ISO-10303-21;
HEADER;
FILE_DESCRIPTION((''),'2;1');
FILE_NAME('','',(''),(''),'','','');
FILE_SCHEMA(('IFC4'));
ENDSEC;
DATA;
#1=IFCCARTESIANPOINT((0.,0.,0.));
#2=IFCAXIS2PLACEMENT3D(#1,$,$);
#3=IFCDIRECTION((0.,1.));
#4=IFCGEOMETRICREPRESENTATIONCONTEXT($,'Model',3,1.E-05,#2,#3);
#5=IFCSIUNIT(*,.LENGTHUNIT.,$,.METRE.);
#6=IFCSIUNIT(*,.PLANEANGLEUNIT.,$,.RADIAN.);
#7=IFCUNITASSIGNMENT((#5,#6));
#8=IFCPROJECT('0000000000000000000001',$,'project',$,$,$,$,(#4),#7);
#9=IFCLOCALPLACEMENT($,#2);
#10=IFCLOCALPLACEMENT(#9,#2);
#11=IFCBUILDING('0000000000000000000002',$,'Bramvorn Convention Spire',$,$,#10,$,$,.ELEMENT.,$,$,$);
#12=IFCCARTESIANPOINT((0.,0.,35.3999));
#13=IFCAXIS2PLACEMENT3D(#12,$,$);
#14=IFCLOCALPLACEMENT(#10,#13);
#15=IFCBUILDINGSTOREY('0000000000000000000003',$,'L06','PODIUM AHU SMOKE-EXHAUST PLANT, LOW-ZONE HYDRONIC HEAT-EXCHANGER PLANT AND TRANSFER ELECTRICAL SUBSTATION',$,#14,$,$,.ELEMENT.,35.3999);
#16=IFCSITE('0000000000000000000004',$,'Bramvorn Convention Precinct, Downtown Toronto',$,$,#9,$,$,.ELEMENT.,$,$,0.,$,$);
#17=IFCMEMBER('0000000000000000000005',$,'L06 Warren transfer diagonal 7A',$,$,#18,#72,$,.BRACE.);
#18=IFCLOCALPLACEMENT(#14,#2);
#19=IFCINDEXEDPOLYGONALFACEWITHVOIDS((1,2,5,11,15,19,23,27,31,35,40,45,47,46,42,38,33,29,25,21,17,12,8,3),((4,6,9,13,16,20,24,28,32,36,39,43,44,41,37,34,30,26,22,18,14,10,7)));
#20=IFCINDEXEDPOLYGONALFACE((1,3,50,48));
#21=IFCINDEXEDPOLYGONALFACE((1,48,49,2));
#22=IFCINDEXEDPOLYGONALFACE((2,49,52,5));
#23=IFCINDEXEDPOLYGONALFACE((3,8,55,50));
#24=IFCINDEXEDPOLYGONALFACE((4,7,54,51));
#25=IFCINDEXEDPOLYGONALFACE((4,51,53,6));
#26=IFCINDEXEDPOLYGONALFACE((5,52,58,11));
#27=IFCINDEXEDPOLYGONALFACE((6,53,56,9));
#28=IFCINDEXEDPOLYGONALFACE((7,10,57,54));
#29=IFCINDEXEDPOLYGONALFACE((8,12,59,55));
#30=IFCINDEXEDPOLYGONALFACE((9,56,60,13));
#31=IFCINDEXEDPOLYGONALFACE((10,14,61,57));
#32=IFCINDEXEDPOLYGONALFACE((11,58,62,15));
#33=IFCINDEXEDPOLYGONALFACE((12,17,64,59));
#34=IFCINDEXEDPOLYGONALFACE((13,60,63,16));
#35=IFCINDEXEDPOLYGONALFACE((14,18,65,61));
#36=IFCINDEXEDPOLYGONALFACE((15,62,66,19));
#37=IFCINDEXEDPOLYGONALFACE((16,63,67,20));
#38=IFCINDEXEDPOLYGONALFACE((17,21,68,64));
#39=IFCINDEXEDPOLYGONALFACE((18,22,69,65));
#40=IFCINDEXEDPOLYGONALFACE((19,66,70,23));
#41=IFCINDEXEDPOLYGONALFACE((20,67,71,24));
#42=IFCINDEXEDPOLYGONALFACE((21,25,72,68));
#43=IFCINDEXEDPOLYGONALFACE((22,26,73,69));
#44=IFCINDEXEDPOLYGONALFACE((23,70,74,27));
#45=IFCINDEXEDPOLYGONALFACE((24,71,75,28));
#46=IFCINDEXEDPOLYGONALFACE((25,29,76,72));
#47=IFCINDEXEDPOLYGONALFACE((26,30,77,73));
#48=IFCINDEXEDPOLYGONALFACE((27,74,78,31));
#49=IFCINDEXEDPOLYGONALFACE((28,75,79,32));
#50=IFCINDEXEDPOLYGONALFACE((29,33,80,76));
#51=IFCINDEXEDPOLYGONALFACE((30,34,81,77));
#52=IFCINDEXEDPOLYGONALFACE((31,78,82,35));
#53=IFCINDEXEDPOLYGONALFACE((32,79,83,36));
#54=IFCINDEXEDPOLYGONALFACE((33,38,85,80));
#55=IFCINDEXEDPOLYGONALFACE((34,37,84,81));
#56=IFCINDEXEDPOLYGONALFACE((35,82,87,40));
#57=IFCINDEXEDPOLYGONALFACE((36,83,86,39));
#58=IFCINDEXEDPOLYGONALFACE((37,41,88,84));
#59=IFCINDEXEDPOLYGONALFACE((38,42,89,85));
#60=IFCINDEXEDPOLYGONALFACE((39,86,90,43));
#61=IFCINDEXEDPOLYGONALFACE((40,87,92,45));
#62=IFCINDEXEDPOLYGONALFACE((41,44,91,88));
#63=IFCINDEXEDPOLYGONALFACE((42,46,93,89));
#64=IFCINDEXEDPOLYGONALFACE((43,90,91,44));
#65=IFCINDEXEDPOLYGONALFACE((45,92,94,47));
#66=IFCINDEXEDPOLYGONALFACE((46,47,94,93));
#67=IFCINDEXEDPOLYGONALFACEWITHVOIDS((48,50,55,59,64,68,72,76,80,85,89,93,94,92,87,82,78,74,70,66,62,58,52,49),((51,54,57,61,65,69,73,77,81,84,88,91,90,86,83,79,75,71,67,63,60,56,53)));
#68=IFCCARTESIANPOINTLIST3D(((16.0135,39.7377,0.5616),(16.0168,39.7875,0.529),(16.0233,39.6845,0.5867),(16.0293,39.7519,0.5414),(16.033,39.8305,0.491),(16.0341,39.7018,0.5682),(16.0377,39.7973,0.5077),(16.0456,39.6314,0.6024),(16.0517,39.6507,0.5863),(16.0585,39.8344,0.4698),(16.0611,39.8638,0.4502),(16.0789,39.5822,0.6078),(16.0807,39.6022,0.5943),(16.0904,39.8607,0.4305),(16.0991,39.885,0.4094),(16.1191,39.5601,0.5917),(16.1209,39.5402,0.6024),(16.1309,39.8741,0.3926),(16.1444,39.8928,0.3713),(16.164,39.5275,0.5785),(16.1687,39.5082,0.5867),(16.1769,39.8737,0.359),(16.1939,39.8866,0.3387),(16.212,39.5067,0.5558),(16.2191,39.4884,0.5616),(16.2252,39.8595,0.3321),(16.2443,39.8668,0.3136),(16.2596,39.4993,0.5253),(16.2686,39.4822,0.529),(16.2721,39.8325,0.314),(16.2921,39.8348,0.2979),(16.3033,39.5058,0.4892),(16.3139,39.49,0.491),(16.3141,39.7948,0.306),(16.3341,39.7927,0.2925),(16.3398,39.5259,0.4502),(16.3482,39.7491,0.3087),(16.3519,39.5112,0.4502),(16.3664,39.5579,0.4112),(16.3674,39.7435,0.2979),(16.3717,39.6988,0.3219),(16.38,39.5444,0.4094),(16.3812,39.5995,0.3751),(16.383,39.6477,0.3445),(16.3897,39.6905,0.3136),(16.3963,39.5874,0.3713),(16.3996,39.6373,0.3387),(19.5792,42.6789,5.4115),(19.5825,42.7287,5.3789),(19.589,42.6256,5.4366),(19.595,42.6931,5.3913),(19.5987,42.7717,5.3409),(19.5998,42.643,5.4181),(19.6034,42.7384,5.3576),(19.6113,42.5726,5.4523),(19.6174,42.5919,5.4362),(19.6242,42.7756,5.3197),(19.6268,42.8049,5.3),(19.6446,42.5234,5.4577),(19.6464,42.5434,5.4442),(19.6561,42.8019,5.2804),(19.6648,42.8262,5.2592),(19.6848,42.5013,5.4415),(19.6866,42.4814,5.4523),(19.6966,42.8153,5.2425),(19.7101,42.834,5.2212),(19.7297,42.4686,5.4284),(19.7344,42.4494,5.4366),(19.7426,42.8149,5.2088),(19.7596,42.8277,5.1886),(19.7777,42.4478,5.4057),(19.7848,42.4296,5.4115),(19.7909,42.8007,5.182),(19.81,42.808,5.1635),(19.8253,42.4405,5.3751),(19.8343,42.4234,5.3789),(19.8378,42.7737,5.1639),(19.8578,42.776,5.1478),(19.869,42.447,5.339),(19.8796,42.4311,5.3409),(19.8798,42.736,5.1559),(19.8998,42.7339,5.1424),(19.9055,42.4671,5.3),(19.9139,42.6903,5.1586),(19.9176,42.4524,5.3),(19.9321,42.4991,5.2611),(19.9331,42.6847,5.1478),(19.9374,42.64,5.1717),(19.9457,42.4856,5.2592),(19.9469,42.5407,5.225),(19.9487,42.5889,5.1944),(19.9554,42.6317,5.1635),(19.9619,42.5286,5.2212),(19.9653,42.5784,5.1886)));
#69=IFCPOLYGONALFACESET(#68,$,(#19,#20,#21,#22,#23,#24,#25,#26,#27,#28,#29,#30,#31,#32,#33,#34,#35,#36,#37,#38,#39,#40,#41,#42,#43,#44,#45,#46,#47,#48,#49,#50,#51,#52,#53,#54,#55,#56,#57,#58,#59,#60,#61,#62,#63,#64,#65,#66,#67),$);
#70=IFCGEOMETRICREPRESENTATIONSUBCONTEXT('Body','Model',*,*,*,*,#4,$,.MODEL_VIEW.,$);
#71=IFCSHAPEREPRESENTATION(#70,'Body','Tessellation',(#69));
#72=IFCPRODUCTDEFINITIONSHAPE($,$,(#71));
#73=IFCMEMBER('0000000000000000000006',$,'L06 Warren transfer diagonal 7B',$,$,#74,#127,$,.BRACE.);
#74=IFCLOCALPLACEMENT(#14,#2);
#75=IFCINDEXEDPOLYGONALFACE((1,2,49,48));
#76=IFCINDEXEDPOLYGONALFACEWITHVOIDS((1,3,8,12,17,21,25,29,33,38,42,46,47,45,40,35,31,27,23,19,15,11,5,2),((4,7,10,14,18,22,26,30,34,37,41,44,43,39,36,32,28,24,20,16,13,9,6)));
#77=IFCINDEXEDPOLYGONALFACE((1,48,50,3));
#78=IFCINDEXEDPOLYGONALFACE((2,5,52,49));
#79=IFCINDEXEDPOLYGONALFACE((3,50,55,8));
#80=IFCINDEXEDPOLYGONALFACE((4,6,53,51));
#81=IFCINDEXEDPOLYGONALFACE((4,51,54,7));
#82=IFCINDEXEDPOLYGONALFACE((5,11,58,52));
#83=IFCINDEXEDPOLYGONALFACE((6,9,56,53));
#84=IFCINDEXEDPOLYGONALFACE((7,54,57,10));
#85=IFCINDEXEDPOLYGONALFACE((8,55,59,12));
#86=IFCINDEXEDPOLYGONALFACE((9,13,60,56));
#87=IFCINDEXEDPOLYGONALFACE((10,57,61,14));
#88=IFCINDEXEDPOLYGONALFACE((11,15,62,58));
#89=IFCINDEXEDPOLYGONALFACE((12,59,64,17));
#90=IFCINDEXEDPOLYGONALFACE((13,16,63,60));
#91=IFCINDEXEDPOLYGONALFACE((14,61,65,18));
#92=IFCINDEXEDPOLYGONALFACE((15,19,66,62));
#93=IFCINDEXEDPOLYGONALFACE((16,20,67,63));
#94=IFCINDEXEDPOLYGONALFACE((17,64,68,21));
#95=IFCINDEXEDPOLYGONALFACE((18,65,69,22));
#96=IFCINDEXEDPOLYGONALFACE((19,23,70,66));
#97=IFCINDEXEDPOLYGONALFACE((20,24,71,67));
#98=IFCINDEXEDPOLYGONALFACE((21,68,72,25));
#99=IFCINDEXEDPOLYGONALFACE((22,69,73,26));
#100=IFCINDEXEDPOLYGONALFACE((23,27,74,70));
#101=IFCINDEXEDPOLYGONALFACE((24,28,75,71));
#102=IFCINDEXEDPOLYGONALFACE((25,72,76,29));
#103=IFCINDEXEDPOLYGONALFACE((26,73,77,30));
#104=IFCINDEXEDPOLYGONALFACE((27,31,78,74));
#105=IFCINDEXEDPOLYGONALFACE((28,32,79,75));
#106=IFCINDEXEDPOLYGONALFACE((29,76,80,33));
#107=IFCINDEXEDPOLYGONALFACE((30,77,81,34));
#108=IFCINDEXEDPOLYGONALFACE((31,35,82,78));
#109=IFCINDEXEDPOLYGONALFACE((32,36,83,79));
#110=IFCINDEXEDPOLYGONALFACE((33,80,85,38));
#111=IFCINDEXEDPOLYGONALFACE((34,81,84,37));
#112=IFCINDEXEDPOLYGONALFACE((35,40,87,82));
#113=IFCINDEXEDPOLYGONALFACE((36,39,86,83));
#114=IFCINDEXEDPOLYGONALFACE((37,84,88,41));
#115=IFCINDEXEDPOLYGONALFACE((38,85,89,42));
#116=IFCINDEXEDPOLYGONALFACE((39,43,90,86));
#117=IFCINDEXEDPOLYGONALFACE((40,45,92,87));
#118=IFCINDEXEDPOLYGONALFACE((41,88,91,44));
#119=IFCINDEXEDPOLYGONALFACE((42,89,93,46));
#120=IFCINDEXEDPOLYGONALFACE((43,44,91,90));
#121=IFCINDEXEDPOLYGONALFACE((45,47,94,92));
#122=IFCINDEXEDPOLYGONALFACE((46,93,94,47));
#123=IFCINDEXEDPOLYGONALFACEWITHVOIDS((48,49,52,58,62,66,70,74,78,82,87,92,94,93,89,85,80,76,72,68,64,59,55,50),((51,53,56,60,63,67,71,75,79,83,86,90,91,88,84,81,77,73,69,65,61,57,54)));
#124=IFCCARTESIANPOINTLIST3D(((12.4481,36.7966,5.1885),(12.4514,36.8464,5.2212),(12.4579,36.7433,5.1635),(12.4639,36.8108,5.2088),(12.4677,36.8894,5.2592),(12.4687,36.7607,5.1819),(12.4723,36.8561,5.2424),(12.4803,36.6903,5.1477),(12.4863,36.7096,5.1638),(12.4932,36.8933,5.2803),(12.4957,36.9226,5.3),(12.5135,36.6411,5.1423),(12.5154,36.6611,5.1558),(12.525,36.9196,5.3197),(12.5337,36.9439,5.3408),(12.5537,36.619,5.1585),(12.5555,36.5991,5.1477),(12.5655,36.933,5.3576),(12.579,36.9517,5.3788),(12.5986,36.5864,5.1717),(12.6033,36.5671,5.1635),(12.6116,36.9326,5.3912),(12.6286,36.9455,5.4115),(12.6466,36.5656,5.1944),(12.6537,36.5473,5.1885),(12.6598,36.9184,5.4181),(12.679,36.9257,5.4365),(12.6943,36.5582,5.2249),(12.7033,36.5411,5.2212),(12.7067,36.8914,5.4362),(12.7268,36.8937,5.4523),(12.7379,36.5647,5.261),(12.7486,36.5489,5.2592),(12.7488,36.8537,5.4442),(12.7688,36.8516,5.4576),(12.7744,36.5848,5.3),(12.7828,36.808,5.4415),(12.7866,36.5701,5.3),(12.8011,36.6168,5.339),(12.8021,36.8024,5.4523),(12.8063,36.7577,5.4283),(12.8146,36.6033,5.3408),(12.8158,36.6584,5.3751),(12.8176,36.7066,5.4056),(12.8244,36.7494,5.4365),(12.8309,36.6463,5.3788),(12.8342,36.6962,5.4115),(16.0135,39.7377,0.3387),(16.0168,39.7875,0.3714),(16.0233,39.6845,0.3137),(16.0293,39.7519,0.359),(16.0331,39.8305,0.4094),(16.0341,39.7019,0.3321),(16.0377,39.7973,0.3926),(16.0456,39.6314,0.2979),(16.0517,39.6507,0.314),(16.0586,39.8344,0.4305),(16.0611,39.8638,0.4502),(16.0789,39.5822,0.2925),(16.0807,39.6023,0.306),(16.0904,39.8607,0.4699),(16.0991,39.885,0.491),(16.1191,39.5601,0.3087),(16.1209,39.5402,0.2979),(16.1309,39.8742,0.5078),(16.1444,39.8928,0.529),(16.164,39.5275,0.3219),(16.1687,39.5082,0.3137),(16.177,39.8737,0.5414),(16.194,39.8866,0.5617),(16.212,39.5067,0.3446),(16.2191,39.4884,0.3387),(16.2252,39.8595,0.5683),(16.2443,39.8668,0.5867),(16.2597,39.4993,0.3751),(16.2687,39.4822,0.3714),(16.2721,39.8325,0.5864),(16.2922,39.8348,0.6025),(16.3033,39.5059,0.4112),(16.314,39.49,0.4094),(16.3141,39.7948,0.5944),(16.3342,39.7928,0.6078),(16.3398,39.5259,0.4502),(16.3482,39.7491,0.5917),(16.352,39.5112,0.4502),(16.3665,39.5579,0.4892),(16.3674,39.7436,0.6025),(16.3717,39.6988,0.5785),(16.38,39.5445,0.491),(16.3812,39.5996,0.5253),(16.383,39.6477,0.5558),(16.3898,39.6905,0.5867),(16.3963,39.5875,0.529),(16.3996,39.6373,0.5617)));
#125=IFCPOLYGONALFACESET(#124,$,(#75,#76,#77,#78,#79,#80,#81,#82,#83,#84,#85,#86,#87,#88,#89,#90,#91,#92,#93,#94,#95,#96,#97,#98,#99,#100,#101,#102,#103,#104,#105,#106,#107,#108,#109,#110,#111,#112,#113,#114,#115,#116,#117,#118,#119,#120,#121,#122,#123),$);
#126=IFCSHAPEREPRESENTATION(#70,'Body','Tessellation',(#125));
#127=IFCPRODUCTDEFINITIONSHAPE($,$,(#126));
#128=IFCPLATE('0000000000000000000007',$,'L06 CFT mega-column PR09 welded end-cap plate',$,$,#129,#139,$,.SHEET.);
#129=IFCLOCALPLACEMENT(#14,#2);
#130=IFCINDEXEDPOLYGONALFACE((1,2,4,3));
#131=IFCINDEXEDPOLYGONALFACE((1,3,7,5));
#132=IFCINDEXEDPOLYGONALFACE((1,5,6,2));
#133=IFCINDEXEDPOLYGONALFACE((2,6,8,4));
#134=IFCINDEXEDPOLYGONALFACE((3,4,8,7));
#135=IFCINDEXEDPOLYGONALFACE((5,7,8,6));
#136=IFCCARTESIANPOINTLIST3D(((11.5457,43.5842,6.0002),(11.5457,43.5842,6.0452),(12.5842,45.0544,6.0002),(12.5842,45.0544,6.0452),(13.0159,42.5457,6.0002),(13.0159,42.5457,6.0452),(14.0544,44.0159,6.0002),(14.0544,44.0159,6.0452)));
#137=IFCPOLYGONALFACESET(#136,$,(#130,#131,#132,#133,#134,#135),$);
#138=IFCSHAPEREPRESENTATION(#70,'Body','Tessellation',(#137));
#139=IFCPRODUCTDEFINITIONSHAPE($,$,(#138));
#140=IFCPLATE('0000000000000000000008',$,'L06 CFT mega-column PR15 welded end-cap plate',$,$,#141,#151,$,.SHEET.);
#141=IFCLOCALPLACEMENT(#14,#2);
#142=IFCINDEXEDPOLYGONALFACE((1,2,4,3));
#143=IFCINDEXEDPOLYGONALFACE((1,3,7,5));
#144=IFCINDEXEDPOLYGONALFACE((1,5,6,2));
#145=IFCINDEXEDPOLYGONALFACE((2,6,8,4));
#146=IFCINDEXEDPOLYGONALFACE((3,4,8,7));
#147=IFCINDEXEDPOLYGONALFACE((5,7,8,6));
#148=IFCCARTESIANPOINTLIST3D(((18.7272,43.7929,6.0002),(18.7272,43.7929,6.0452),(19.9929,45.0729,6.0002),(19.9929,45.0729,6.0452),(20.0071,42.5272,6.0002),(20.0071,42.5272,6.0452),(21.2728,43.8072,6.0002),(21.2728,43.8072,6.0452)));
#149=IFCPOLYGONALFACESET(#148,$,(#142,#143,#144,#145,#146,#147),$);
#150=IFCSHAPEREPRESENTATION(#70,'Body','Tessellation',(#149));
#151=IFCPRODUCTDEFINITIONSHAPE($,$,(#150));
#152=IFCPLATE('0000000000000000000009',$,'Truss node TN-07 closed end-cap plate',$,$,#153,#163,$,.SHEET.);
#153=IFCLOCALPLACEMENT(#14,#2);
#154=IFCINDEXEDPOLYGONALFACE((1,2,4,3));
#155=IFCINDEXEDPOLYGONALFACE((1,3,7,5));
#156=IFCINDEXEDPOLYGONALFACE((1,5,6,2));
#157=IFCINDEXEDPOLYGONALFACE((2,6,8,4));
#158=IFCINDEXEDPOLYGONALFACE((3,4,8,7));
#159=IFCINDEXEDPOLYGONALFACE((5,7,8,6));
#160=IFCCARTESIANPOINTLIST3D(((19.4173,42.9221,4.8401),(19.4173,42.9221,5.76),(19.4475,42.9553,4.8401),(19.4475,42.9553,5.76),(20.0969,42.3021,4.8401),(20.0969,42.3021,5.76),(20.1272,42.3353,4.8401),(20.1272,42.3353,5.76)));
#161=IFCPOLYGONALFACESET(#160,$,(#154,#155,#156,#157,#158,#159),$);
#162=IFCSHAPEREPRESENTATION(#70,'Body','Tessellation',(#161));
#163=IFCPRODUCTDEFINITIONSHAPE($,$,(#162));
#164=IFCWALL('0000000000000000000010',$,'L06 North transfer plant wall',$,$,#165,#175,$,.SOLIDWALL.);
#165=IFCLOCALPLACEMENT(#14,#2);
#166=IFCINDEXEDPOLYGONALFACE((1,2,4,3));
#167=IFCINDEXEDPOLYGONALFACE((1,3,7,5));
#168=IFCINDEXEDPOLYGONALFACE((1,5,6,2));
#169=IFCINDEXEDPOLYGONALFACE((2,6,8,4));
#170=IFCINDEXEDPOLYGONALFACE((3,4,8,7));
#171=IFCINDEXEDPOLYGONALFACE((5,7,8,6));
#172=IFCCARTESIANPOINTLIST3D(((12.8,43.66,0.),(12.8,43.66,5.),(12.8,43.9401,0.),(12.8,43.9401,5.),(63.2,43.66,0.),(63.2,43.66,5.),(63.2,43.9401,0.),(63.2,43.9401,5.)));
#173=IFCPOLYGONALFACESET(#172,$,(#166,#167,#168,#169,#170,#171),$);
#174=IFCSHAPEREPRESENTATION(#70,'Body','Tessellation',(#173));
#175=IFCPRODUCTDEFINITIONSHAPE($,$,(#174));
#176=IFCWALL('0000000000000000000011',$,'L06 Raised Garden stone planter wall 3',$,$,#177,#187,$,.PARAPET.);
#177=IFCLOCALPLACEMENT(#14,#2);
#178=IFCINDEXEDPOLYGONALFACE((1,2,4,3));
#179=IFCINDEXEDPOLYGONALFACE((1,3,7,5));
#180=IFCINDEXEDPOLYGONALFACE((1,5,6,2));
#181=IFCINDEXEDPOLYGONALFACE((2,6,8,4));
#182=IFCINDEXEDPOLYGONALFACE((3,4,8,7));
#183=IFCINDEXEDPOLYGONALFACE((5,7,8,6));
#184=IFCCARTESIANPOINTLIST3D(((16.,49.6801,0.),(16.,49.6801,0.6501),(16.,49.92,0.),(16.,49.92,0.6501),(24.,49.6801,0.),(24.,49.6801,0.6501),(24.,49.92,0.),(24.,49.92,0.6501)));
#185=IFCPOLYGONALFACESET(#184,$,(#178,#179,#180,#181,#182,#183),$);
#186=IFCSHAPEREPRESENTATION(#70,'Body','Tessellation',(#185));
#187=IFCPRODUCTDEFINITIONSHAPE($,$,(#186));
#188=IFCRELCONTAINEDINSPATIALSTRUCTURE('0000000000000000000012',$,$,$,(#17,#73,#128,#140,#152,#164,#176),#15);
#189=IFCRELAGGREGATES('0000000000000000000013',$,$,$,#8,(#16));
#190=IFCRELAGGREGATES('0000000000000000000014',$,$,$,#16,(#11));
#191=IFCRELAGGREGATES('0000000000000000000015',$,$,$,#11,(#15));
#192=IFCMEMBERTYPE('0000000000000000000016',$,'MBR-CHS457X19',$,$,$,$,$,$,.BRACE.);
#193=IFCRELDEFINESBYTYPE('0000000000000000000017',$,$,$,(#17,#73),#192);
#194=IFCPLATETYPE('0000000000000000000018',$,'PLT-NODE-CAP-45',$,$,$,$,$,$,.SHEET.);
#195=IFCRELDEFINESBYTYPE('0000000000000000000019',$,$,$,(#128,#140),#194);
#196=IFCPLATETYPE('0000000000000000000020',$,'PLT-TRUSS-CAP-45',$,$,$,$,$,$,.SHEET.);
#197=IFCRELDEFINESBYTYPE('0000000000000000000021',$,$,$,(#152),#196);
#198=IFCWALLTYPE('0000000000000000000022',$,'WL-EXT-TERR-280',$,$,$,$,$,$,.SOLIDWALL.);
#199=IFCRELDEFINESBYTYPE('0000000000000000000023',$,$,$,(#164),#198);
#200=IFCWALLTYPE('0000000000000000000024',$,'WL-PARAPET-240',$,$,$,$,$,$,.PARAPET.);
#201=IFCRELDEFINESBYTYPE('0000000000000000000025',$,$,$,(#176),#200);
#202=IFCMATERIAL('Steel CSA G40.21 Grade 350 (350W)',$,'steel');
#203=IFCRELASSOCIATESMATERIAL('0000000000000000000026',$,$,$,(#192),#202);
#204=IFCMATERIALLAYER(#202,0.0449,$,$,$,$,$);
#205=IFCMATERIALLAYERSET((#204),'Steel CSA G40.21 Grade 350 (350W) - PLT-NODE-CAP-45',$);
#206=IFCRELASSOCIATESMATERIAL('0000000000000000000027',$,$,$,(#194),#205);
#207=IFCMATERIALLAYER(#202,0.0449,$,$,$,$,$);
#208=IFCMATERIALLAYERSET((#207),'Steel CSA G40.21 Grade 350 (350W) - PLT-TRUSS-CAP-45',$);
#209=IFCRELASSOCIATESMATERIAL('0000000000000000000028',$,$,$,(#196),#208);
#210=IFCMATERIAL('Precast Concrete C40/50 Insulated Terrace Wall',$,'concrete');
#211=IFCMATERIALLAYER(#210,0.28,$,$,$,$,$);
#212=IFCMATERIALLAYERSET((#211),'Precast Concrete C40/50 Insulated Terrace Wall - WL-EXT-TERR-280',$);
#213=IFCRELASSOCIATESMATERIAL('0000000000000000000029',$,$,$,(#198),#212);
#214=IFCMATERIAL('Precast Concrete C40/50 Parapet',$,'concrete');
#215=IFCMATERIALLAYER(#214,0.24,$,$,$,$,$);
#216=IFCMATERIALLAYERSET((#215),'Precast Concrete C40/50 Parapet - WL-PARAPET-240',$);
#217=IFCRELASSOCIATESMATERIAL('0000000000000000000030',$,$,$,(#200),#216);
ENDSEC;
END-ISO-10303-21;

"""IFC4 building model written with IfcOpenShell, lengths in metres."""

from ifc_helpers import new_model, si_unit, direction, frame, frame_2d, origin, origin_2d, place, context, subcontext, project, spatial, rectangle, hollow_circle, extrude, material, layer, layer_set, material_profile, profile_set, type_object, element, save


model = new_model("IFC4")

# Units and contexts
model_context = context("Model", 3, precision=1e-05, world=origin(), true_north=direction((0.0, 1.0)))
body_context = subcontext(model_context, "Body", "Model", "MODEL_VIEW")
ifc_project = project(units=[si_unit("LENGTHUNIT", "METRE"), si_unit("PLANEANGLEUNIT", "RADIAN")], contexts=[model_context])

# Site, building, storey
site_placement = place(None, origin())
site = spatial("IfcSite", under=ifc_project, at=site_placement, Name="Bramvorn Convention Precinct, Downtown Toronto", CompositionType="ELEMENT", RefElevation=0.0)
building_placement = place(site_placement, origin())
building = spatial("IfcBuilding", under=site, at=building_placement, Name="Bramvorn Convention Spire", CompositionType="ELEMENT")
storey_placement = place(building_placement, frame((0.0, 0.0, 35.3999)))
storey = spatial("IfcBuildingStorey", under=building, at=storey_placement, Name="L06", Description="PODIUM AHU SMOKE-EXHAUST PLANT, LOW-ZONE HYDRONIC HEAT-EXCHANGER PLANT AND TRANSFER ELECTRICAL SUBSTATION", CompositionType="ELEMENT", Elevation=35.3999)

# Shared definitions
ifc_material_1 = material(Name="Steel CSA G40.21 Grade 350 (350W)", Category="steel")

# Members
ifc_material_profile_1 = material_profile(ifc_material_1, hollow_circle(Radius=0.2285, WallThickness=0.019, at=origin_2d()))
ifc_profile_set_1 = profile_set([ifc_material_profile_1], Name="Steel CSA G40.21 Grade 350 (350W) - CHS457X19")
member_type_1 = type_object("IfcMemberType", Name="MBR-CHS457X19", PredefinedType="BRACE", material=ifc_profile_set_1)
member_1_placement = place(storey_placement, frame((19.7722, 42.6287, 5.3), z_axis=(-0.532217, -0.439001, -0.723895), x_axis=(0.636316, -0.771428, 0.0)))
element("IfcMember", 1, at=member_1_placement, inside=storey, type_object=member_type_1, Name="L06 Warren transfer diagonal 7A", PredefinedType="BRACE", context=body_context, shape_type="SweptSolid", body=[
    extrude(hollow_circle(Radius=0.2285, WallThickness=0.019, at=origin_2d()), origin(), (0.0, 0.0, 1.0), 6.6997),
])
member_2_placement = place(storey_placement, frame((16.2065, 39.6875, 0.4502), z_axis=(-0.53219, -0.43901, 0.723909), x_axis=(0.636342, -0.771407, 0.0)))
element("IfcMember", 2, at=member_2_placement, inside=storey, type_object=member_type_1, Name="L06 Warren transfer diagonal 7B", PredefinedType="BRACE", context=body_context, shape_type="SweptSolid", body=[
    extrude(hollow_circle(Radius=0.2285, WallThickness=0.019, at=origin_2d()), origin(), (0.0, 0.0, 1.0), 6.6995),
])

# Plates
ifc_layer_1 = layer(ifc_material_1, 0.0449)
ifc_layer_set_1 = layer_set([ifc_layer_1], Name="Steel CSA G40.21 Grade 350 (350W) - PLT-NODE-CAP-45")
plate_type_1 = type_object("IfcPlateType", Name="PLT-NODE-CAP-45", PredefinedType="SHEET", material=ifc_layer_set_1)
for number, where, z_axis, x_axis, name in (
    (3, (12.8, 43.8, 6.0002), (0.0, 0.0, 1.0), (-0.816788, 0.576938, 0.0), "L06 CFT mega-column PR09 welded end-cap plate"),
    (4, (20.0, 43.8, 6.0002), (0.0, 0.0, 1.0), (-0.711046, 0.703145, 0.0), "L06 CFT mega-column PR15 welded end-cap plate"),
):
    element("IfcPlate", number, at=place(storey_placement, frame(where, z_axis=z_axis, x_axis=x_axis)), inside=storey, type_object=plate_type_1, Name=name, PredefinedType="SHEET", context=body_context, shape_type="SweptSolid", body=[
        extrude(rectangle(XDim=1.8, YDim=1.8, at=origin_2d()), origin(), (0.0, 0.0, 1.0), 0.0449),
    ])
ifc_layer_2 = layer(ifc_material_1, 0.0449)
ifc_layer_set_2 = layer_set([ifc_layer_2], Name="Steel CSA G40.21 Grade 350 (350W) - PLT-TRUSS-CAP-45")
plate_type_2 = type_object("IfcPlateType", Name="PLT-TRUSS-CAP-45", PredefinedType="SHEET", material=ifc_layer_set_2)
plate_placement = place(storey_placement, frame((19.7722, 42.6287, 4.8401), z_axis=(0.0, 0.0, 1.0), x_axis=(-0.738769, 0.673958, 0.0)))
element("IfcPlate", 5, at=plate_placement, inside=storey, type_object=plate_type_2, Name="Truss node TN-07 closed end-cap plate", PredefinedType="SHEET", context=body_context, shape_type="SweptSolid", body=[
    extrude(rectangle(XDim=0.9199, YDim=0.0449, at=origin_2d()), origin(), (0.0, 0.0, 1.0), 0.9199),
])

# Walls
ifc_material_2 = material(Name="Precast Concrete C40/50 Insulated Terrace Wall", Category="concrete")
ifc_layer_3 = layer(ifc_material_2, 0.28)
ifc_layer_set_3 = layer_set([ifc_layer_3], Name="Precast Concrete C40/50 Insulated Terrace Wall - WL-EXT-TERR-280")
wall_type_1 = type_object("IfcWallType", Name="WL-EXT-TERR-280", PredefinedType="SOLIDWALL", material=ifc_layer_set_3)
wall_1_placement = place(storey_placement, frame((12.8, 43.8, 0.0), z_axis=(0.0, 0.0, 1.0), x_axis=(1.0, 0.0, 0.0)))
element("IfcWall", 6, at=wall_1_placement, inside=storey, type_object=wall_type_1, Name="L06 North transfer plant wall", PredefinedType="SOLIDWALL", context=body_context, shape_type="SweptSolid", body=[
    extrude(rectangle(XDim=50.3999, YDim=0.28, at=frame_2d((25.2, 0.0))), origin(), (0.0, 0.0, 1.0), 5.0),
])
ifc_material_3 = material(Name="Precast Concrete C40/50 Parapet", Category="concrete")
ifc_layer_4 = layer(ifc_material_3, 0.24)
ifc_layer_set_4 = layer_set([ifc_layer_4], Name="Precast Concrete C40/50 Parapet - WL-PARAPET-240")
wall_type_2 = type_object("IfcWallType", Name="WL-PARAPET-240", PredefinedType="PARAPET", material=ifc_layer_set_4)
wall_2_placement = place(storey_placement, frame((16.0, 49.8, 0.0), z_axis=(0.0, 0.0, 1.0), x_axis=(1.0, 0.0, 0.0)))
element("IfcWall", 7, at=wall_2_placement, inside=storey, type_object=wall_type_2, Name="L06 Raised Garden stone planter wall 3", PredefinedType="PARAPET", context=body_context, shape_type="SweptSolid", body=[
    extrude(rectangle(XDim=8.0, YDim=0.24, at=frame_2d((4.0, 0.0))), origin(), (0.0, 0.0, 1.0), 0.6501),
])

save(model, "model.ifc")
